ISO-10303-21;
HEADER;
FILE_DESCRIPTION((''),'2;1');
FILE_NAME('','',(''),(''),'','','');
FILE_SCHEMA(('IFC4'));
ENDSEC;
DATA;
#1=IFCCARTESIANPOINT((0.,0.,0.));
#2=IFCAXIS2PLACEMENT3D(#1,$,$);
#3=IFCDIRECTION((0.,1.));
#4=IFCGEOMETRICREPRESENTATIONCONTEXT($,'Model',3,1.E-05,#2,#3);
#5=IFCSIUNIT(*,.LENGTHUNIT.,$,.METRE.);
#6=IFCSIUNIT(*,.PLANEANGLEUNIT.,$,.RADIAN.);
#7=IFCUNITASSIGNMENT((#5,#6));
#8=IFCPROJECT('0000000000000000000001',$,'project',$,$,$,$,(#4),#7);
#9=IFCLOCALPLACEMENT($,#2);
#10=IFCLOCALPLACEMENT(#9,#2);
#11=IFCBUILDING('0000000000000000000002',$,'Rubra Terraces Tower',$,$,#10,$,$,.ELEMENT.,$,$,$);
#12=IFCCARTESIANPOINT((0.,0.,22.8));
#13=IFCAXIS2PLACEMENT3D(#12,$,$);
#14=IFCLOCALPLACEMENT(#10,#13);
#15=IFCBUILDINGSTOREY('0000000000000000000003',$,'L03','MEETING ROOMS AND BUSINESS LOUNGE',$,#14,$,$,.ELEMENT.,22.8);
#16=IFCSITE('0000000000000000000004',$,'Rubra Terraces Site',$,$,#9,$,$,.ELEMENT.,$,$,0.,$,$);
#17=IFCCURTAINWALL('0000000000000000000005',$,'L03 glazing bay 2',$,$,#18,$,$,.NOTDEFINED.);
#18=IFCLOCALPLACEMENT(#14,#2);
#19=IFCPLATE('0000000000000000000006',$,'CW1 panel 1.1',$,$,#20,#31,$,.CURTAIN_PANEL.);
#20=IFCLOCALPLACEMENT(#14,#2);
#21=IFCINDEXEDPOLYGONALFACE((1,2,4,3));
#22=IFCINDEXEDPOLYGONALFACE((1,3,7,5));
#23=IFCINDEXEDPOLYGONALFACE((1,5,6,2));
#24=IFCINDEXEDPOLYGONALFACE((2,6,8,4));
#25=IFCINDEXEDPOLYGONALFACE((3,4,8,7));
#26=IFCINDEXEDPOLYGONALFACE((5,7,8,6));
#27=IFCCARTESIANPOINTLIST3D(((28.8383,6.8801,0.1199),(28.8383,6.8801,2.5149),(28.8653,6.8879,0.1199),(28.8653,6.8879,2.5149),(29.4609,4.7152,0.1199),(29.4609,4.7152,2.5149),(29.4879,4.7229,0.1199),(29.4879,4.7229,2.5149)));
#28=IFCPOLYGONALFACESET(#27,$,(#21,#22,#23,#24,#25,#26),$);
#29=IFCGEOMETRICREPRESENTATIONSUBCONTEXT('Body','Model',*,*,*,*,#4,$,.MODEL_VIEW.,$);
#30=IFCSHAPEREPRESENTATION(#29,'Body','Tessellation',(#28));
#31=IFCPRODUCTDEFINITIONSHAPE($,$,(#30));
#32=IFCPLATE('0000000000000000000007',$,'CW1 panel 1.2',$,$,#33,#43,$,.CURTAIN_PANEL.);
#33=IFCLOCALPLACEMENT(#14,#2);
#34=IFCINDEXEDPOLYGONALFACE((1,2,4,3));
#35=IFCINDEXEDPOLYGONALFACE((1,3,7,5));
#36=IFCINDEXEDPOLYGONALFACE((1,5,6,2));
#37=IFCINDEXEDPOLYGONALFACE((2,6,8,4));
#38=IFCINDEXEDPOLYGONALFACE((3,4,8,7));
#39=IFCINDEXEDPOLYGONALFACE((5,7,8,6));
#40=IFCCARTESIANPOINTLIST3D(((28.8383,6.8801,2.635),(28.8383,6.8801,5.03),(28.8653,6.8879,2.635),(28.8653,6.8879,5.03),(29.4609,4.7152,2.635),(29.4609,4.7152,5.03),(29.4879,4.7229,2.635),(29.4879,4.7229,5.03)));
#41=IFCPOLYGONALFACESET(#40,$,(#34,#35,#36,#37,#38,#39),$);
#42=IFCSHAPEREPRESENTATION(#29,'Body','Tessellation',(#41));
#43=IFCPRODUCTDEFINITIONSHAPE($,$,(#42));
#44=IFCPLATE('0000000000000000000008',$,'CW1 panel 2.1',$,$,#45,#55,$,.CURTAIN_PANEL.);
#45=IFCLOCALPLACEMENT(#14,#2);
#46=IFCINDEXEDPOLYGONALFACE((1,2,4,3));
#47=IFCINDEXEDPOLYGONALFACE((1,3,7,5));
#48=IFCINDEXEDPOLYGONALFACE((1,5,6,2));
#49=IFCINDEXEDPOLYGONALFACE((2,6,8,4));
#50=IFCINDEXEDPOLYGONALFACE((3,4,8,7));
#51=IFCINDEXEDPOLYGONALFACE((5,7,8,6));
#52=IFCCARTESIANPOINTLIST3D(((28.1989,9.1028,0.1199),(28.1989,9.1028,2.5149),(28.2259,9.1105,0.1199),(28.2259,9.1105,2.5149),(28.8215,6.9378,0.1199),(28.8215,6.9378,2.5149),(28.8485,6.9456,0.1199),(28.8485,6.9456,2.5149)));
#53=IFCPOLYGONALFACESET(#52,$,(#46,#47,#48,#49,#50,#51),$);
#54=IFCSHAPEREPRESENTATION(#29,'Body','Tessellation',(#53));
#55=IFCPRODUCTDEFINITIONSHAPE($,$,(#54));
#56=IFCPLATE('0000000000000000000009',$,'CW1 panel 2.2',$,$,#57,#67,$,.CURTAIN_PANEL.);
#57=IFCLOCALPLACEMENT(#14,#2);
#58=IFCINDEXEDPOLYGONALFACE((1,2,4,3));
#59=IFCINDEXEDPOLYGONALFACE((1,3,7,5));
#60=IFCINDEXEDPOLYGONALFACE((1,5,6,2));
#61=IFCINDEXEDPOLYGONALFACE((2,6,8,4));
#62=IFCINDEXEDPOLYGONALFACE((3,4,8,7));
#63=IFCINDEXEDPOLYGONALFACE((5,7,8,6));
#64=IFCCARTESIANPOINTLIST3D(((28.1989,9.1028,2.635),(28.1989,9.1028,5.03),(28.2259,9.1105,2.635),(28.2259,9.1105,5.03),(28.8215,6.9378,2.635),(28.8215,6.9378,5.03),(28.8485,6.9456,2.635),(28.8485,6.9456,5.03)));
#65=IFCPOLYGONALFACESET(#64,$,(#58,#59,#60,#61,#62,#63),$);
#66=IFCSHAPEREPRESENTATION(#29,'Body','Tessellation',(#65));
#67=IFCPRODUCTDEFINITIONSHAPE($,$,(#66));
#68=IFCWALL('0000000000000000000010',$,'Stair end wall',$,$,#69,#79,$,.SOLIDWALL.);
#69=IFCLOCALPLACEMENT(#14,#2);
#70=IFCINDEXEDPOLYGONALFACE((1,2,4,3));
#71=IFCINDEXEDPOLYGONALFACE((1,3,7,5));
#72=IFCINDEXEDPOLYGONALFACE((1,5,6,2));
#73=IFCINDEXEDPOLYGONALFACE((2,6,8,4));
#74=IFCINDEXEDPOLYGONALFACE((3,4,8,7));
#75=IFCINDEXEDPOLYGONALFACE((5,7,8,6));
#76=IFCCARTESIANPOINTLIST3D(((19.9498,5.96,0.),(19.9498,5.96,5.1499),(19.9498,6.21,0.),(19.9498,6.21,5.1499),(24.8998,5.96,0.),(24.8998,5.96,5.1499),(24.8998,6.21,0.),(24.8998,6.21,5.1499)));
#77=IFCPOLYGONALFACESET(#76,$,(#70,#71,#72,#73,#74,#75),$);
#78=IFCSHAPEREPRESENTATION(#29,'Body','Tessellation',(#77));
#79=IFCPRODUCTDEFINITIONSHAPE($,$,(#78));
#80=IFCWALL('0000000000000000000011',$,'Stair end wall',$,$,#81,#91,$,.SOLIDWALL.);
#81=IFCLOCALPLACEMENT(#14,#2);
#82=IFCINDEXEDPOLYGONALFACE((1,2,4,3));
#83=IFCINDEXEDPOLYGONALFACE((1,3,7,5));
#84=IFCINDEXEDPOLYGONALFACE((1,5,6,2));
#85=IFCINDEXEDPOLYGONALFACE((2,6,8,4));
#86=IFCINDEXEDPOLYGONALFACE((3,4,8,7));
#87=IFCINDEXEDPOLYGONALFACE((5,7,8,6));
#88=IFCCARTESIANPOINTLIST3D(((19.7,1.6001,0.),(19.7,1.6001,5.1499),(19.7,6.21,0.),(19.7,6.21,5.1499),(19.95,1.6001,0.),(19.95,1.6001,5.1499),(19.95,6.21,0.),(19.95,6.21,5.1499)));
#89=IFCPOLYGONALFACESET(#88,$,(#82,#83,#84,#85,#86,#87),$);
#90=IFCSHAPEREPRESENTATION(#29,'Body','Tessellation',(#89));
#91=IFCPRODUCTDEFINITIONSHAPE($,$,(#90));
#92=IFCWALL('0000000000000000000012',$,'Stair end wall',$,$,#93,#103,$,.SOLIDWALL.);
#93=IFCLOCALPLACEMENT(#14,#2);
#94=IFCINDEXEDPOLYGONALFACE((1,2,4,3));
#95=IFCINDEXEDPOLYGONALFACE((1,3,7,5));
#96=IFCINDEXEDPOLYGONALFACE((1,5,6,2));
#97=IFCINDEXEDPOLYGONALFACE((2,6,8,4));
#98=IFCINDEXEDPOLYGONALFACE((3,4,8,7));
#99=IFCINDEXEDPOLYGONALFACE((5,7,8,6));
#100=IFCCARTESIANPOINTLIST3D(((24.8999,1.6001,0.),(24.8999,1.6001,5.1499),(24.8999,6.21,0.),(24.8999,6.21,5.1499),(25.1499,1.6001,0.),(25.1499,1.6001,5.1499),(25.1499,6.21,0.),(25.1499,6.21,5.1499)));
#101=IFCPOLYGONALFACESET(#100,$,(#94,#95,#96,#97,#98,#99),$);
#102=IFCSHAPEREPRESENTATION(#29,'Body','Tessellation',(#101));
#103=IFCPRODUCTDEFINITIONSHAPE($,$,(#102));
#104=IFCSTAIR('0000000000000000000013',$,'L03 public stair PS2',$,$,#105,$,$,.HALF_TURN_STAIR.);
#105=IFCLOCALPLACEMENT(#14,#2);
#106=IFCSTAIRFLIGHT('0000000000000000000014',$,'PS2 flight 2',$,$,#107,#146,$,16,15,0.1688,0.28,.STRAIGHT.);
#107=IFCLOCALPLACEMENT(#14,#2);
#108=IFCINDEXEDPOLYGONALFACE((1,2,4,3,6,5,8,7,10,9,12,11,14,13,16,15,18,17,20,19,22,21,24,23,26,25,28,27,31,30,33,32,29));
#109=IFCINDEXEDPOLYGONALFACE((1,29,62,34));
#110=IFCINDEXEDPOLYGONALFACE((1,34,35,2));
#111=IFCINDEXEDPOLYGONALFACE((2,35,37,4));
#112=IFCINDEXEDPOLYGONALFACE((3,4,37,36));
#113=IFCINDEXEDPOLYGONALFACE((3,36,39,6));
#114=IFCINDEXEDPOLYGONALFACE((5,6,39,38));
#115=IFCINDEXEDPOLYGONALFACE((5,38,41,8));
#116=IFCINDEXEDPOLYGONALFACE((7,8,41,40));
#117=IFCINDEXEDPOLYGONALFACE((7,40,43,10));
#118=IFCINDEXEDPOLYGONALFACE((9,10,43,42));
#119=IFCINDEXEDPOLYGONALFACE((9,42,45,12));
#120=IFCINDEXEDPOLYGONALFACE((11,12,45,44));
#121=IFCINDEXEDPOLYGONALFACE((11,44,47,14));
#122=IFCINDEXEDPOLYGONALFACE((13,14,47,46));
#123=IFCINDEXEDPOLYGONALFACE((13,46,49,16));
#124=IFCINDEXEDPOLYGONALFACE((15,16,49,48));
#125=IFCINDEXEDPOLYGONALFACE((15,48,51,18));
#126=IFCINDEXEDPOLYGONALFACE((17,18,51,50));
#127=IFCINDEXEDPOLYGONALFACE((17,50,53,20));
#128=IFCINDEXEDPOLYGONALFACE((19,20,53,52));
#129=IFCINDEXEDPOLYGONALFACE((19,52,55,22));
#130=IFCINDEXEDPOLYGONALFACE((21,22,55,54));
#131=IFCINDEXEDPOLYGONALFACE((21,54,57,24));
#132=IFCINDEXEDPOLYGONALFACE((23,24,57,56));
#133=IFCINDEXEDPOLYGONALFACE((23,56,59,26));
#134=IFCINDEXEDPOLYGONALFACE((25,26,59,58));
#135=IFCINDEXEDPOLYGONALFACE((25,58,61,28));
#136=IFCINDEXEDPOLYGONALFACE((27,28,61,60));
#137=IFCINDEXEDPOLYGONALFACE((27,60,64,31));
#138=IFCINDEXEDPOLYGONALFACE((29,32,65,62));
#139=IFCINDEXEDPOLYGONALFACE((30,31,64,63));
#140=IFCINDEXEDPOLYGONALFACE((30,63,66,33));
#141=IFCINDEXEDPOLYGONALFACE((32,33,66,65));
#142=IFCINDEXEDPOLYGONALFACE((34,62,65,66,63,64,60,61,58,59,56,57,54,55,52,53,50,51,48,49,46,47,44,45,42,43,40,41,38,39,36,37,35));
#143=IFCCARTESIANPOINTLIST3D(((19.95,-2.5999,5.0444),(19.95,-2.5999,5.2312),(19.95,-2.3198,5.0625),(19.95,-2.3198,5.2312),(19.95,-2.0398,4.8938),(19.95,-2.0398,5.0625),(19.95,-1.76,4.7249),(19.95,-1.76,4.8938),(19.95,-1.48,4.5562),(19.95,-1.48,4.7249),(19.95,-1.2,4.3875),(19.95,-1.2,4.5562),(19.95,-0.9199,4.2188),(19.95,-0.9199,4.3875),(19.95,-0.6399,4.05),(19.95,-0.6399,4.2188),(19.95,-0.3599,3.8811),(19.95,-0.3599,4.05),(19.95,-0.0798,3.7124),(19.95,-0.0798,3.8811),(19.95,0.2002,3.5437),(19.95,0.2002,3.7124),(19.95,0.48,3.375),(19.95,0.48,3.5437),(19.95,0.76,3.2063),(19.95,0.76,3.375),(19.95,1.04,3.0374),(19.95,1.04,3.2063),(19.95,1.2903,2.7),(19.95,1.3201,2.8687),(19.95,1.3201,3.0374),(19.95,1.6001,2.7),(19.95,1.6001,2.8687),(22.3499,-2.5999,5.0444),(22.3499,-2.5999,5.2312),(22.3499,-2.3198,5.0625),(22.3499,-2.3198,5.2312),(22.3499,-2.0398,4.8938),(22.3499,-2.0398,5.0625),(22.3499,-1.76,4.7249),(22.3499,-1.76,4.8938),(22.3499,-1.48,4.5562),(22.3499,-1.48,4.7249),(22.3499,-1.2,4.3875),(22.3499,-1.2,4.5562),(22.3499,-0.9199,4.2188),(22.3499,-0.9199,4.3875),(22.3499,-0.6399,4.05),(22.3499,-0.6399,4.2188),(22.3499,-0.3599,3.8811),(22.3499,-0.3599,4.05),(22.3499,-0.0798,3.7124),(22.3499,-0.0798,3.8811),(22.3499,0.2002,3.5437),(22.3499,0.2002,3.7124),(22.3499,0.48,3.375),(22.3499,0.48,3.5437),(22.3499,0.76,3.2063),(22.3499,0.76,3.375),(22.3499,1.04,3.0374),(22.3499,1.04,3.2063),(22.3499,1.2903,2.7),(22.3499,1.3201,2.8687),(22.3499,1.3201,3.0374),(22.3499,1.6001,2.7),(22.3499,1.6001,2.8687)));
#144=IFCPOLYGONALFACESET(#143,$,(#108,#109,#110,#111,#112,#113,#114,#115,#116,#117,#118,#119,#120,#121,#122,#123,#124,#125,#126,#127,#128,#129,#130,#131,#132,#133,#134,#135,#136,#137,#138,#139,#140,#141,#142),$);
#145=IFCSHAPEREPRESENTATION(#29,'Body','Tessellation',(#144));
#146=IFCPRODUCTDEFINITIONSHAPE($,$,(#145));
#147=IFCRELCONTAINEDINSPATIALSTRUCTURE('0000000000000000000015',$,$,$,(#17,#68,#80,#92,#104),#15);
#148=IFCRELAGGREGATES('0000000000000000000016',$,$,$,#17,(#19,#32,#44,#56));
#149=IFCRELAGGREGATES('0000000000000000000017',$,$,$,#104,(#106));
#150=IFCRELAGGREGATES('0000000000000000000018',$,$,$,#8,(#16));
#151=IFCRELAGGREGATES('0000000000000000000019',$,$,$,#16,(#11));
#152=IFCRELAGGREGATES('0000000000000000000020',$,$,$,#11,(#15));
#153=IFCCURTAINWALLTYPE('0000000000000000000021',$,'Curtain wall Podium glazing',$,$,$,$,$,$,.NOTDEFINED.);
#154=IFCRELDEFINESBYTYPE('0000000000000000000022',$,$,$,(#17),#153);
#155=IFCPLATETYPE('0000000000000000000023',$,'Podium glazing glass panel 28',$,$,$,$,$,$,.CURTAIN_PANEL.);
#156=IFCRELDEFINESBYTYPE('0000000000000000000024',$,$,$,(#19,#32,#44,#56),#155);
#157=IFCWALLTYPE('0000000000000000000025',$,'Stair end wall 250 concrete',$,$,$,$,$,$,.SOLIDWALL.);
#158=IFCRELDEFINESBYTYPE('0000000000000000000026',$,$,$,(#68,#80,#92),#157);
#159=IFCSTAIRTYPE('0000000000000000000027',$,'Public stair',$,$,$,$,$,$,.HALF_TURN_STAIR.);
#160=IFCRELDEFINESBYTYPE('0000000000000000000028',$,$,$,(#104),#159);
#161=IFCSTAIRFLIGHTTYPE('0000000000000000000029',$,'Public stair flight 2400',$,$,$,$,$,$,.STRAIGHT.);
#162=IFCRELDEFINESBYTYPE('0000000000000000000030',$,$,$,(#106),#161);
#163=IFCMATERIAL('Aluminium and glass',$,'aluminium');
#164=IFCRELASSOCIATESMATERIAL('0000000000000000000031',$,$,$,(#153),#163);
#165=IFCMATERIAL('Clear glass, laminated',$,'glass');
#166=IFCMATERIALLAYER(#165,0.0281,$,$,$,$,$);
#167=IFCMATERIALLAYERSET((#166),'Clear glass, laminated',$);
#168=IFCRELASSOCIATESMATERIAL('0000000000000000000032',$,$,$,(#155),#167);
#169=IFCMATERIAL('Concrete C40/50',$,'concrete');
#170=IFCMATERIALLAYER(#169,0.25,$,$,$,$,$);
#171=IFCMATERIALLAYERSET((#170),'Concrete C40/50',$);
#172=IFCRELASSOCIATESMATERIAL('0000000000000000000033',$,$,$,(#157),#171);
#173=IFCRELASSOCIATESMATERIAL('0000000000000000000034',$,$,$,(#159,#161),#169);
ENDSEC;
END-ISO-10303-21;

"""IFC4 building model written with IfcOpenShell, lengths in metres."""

from ifc_helpers import new_model, si_unit, direction, frame, frame_2d, origin, origin_2d, place, context, subcontext, project, spatial, polyline, rectangle, outline, extrude, material, layer, layer_set, type_object, element, aggregate, save


model = new_model("IFC4")

# Units and contexts
model_context = context("Model", 3, precision=1e-05, world=origin(), true_north=direction((0.0, 1.0)))
body_context = subcontext(model_context, "Body", "Model", "MODEL_VIEW")
ifc_project = project(units=[si_unit("LENGTHUNIT", "METRE"), si_unit("PLANEANGLEUNIT", "RADIAN")], contexts=[model_context])

# Site, building, storey
site_placement = place(None, origin())
site = spatial("IfcSite", under=ifc_project, at=site_placement, Name="Rubra Terraces Site", CompositionType="ELEMENT", RefElevation=0.0)
building_placement = place(site_placement, origin())
building = spatial("IfcBuilding", under=site, at=building_placement, Name="Rubra Terraces Tower", CompositionType="ELEMENT")
storey_placement = place(building_placement, frame((0.0, 0.0, 22.8)))
storey = spatial("IfcBuildingStorey", under=building, at=storey_placement, Name="L03", Description="MEETING ROOMS AND BUSINESS LOUNGE", CompositionType="ELEMENT", Elevation=22.8)

# Curtain wall
ifc_material_1 = material(Name="Aluminium and glass", Category="aluminium")
curtain_wall_type = type_object("IfcCurtainWallType", Name="Curtain wall Podium glazing", PredefinedType="NOTDEFINED", material=ifc_material_1)
curtain_wall_1_placement = place(storey_placement, origin())
curtain_wall_1 = element("IfcCurtainWall", 1, at=curtain_wall_1_placement, inside=storey, type_object=curtain_wall_type, Name="L03 glazing bay 2", PredefinedType="NOTDEFINED")

# Plates
ifc_material_2 = material(Name="Clear glass, laminated", Category="glass")
ifc_layer_1 = layer(ifc_material_2, 0.0281)
ifc_layer_set_1 = layer_set([ifc_layer_1], Name="Clear glass, laminated")
plate_type = type_object("IfcPlateType", Name="Podium glazing glass panel 28", PredefinedType="CURTAIN_PANEL", material=ifc_layer_set_1)
plate_1_placement = place(storey_placement, frame((29.1631, 5.8015, 0.1199), z_axis=(0.0, 0.0, 1.0), x_axis=(-0.276384, 0.961047, 0.0)))
plate_1 = element("IfcPlate", 2, at=plate_1_placement, type_object=plate_type, Name="CW1 panel 1.1", PredefinedType="CURTAIN_PANEL", context=body_context, shape_type="SweptSolid", body=[
    extrude(rectangle(XDim=2.2527, YDim=0.0281, at=origin_2d()), origin(), (0.0, 0.0, 1.0), 2.395),
])
plate_2_placement = place(storey_placement, frame((29.1631, 5.8015, 2.635), z_axis=(0.0, 0.0, 1.0), x_axis=(-0.276384, 0.961047, 0.0)))
plate_2 = element("IfcPlate", 3, at=plate_2_placement, type_object=plate_type, Name="CW1 panel 1.2", PredefinedType="CURTAIN_PANEL", context=body_context, shape_type="SweptSolid", body=[
    extrude(rectangle(XDim=2.2527, YDim=0.0281, at=origin_2d()), origin(), (0.0, 0.0, 1.0), 2.395),
])
plate_3_placement = place(storey_placement, frame((28.5237, 8.0242, 0.1199), z_axis=(0.0, 0.0, 1.0), x_axis=(-0.276384, 0.961047, 0.0)))
plate_3 = element("IfcPlate", 4, at=plate_3_placement, type_object=plate_type, Name="CW1 panel 2.1", PredefinedType="CURTAIN_PANEL", context=body_context, shape_type="SweptSolid", body=[
    extrude(rectangle(XDim=2.2527, YDim=0.0281, at=origin_2d()), origin(), (0.0, 0.0, 1.0), 2.395),
])
plate_4_placement = place(storey_placement, frame((28.5237, 8.0242, 2.635), z_axis=(0.0, 0.0, 1.0), x_axis=(-0.276384, 0.961047, 0.0)))
plate_4 = element("IfcPlate", 5, at=plate_4_placement, type_object=plate_type, Name="CW1 panel 2.2", PredefinedType="CURTAIN_PANEL", context=body_context, shape_type="SweptSolid", body=[
    extrude(rectangle(XDim=2.2527, YDim=0.0281, at=origin_2d()), origin(), (0.0, 0.0, 1.0), 2.395),
])
aggregate(curtain_wall_1, [plate_1, plate_2, plate_3, plate_4])

# Walls
ifc_material_3 = material(Name="Concrete C40/50", Category="concrete")
ifc_layer_2 = layer(ifc_material_3, 0.25)
ifc_layer_set_2 = layer_set([ifc_layer_2], Name="Concrete C40/50")
wall_type = type_object("IfcWallType", Name="Stair end wall 250 concrete", PredefinedType="SOLIDWALL", material=ifc_layer_set_2)
wall_placement = place(storey_placement, frame((24.8999, 6.085, 0.0), z_axis=(0.0, 0.0, 1.0), x_axis=(-1.0, 0.0, 0.0)))
element("IfcWall", 6, at=wall_placement, inside=storey, type_object=wall_type, Name="Stair end wall", PredefinedType="SOLIDWALL", context=body_context, shape_type="SweptSolid", body=[
    extrude(rectangle(XDim=4.95, YDim=0.25, at=frame_2d((2.4751, 0.0))), origin(), (0.0, 0.0, 1.0), 5.1499),
])
for number, where, z_axis, x_axis, name in (
    (7, (19.825, 1.6001, 0.0), (0.0, 0.0, 1.0), (0.0, 1.0, 0.0), "Stair end wall"),
    (8, (25.0249, 1.6001, 0.0), (0.0, 0.0, 1.0), (0.0, 1.0, 0.0), "Stair end wall"),
):
    element("IfcWall", number, at=place(storey_placement, frame(where, z_axis=z_axis, x_axis=x_axis)), inside=storey, type_object=wall_type, Name=name, PredefinedType="SOLIDWALL", context=body_context, shape_type="SweptSolid", body=[
        extrude(rectangle(XDim=4.6099, YDim=0.25, at=frame_2d((2.3049, 0.0))), origin(), (0.0, 0.0, 1.0), 5.1499),
    ])

# Stair, stair flight
stair_type = type_object("IfcStairType", Name="Public stair", PredefinedType="HALF_TURN_STAIR", material=ifc_material_3)
stair_placement = place(storey_placement, origin())
stair = element("IfcStair", 9, at=stair_placement, inside=storey, type_object=stair_type, Name="L03 public stair PS2", PredefinedType="HALF_TURN_STAIR")
stair_flight_type = type_object("IfcStairFlightType", Name="Public stair flight 2400", PredefinedType="STRAIGHT", material=ifc_material_3)
stair_flight_placement = place(storey_placement, frame((21.1499, 1.6001, 2.7), z_axis=(0.0, 0.0, 1.0), x_axis=(0.0, -1.0, 0.0)))
stair_flight = element("IfcStairFlight", 10, at=stair_flight_placement, type_object=stair_flight_type, Name="PS2 flight 2", NumberOfRisers=16, NumberOfTreads=15, PredefinedType="STRAIGHT", RiserHeight=0.1688, TreadLength=0.28, context=body_context, shape_type="SweptSolid", body=[
    extrude(outline(polyline([(0.0, 0.0), (0.0, 0.1687), (0.28, 0.1687), (0.28, 0.3374), (0.5601, 0.3374), (0.5601, 0.5063), (0.8401, 0.5063), (0.8401, 0.675), (1.1201, 0.675), (1.1201, 0.8438), (1.3999, 0.8438), (1.3999, 1.0125), (1.6799, 1.0125), (1.6799, 1.1812), (1.96, 1.1812), (1.96, 1.3501), (2.24, 1.3501), (2.24, 1.5188), (2.52, 1.5188), (2.52, 1.6875), (2.8, 1.6875), (2.8, 1.8562), (3.0801, 1.8562), (3.0801, 2.0249), (3.3601, 2.0249), (3.3601, 2.1938), (3.6399, 2.1938), (3.6399, 2.3625), (3.9199, 2.3625), (3.9199, 2.5312), (4.2, 2.5312), (4.2, 2.7), (4.2, 2.3445), (0.3098, 0.0), (0.0, 0.0)])), frame((0.0, 1.2, 0.0), z_axis=(0.0, -1.0, 0.0), x_axis=(1.0, 0.0, 0.0)), (0.0, 0.0, 1.0), 2.3999),
])
aggregate(stair, [stair_flight])

save(model, "model.ifc")
